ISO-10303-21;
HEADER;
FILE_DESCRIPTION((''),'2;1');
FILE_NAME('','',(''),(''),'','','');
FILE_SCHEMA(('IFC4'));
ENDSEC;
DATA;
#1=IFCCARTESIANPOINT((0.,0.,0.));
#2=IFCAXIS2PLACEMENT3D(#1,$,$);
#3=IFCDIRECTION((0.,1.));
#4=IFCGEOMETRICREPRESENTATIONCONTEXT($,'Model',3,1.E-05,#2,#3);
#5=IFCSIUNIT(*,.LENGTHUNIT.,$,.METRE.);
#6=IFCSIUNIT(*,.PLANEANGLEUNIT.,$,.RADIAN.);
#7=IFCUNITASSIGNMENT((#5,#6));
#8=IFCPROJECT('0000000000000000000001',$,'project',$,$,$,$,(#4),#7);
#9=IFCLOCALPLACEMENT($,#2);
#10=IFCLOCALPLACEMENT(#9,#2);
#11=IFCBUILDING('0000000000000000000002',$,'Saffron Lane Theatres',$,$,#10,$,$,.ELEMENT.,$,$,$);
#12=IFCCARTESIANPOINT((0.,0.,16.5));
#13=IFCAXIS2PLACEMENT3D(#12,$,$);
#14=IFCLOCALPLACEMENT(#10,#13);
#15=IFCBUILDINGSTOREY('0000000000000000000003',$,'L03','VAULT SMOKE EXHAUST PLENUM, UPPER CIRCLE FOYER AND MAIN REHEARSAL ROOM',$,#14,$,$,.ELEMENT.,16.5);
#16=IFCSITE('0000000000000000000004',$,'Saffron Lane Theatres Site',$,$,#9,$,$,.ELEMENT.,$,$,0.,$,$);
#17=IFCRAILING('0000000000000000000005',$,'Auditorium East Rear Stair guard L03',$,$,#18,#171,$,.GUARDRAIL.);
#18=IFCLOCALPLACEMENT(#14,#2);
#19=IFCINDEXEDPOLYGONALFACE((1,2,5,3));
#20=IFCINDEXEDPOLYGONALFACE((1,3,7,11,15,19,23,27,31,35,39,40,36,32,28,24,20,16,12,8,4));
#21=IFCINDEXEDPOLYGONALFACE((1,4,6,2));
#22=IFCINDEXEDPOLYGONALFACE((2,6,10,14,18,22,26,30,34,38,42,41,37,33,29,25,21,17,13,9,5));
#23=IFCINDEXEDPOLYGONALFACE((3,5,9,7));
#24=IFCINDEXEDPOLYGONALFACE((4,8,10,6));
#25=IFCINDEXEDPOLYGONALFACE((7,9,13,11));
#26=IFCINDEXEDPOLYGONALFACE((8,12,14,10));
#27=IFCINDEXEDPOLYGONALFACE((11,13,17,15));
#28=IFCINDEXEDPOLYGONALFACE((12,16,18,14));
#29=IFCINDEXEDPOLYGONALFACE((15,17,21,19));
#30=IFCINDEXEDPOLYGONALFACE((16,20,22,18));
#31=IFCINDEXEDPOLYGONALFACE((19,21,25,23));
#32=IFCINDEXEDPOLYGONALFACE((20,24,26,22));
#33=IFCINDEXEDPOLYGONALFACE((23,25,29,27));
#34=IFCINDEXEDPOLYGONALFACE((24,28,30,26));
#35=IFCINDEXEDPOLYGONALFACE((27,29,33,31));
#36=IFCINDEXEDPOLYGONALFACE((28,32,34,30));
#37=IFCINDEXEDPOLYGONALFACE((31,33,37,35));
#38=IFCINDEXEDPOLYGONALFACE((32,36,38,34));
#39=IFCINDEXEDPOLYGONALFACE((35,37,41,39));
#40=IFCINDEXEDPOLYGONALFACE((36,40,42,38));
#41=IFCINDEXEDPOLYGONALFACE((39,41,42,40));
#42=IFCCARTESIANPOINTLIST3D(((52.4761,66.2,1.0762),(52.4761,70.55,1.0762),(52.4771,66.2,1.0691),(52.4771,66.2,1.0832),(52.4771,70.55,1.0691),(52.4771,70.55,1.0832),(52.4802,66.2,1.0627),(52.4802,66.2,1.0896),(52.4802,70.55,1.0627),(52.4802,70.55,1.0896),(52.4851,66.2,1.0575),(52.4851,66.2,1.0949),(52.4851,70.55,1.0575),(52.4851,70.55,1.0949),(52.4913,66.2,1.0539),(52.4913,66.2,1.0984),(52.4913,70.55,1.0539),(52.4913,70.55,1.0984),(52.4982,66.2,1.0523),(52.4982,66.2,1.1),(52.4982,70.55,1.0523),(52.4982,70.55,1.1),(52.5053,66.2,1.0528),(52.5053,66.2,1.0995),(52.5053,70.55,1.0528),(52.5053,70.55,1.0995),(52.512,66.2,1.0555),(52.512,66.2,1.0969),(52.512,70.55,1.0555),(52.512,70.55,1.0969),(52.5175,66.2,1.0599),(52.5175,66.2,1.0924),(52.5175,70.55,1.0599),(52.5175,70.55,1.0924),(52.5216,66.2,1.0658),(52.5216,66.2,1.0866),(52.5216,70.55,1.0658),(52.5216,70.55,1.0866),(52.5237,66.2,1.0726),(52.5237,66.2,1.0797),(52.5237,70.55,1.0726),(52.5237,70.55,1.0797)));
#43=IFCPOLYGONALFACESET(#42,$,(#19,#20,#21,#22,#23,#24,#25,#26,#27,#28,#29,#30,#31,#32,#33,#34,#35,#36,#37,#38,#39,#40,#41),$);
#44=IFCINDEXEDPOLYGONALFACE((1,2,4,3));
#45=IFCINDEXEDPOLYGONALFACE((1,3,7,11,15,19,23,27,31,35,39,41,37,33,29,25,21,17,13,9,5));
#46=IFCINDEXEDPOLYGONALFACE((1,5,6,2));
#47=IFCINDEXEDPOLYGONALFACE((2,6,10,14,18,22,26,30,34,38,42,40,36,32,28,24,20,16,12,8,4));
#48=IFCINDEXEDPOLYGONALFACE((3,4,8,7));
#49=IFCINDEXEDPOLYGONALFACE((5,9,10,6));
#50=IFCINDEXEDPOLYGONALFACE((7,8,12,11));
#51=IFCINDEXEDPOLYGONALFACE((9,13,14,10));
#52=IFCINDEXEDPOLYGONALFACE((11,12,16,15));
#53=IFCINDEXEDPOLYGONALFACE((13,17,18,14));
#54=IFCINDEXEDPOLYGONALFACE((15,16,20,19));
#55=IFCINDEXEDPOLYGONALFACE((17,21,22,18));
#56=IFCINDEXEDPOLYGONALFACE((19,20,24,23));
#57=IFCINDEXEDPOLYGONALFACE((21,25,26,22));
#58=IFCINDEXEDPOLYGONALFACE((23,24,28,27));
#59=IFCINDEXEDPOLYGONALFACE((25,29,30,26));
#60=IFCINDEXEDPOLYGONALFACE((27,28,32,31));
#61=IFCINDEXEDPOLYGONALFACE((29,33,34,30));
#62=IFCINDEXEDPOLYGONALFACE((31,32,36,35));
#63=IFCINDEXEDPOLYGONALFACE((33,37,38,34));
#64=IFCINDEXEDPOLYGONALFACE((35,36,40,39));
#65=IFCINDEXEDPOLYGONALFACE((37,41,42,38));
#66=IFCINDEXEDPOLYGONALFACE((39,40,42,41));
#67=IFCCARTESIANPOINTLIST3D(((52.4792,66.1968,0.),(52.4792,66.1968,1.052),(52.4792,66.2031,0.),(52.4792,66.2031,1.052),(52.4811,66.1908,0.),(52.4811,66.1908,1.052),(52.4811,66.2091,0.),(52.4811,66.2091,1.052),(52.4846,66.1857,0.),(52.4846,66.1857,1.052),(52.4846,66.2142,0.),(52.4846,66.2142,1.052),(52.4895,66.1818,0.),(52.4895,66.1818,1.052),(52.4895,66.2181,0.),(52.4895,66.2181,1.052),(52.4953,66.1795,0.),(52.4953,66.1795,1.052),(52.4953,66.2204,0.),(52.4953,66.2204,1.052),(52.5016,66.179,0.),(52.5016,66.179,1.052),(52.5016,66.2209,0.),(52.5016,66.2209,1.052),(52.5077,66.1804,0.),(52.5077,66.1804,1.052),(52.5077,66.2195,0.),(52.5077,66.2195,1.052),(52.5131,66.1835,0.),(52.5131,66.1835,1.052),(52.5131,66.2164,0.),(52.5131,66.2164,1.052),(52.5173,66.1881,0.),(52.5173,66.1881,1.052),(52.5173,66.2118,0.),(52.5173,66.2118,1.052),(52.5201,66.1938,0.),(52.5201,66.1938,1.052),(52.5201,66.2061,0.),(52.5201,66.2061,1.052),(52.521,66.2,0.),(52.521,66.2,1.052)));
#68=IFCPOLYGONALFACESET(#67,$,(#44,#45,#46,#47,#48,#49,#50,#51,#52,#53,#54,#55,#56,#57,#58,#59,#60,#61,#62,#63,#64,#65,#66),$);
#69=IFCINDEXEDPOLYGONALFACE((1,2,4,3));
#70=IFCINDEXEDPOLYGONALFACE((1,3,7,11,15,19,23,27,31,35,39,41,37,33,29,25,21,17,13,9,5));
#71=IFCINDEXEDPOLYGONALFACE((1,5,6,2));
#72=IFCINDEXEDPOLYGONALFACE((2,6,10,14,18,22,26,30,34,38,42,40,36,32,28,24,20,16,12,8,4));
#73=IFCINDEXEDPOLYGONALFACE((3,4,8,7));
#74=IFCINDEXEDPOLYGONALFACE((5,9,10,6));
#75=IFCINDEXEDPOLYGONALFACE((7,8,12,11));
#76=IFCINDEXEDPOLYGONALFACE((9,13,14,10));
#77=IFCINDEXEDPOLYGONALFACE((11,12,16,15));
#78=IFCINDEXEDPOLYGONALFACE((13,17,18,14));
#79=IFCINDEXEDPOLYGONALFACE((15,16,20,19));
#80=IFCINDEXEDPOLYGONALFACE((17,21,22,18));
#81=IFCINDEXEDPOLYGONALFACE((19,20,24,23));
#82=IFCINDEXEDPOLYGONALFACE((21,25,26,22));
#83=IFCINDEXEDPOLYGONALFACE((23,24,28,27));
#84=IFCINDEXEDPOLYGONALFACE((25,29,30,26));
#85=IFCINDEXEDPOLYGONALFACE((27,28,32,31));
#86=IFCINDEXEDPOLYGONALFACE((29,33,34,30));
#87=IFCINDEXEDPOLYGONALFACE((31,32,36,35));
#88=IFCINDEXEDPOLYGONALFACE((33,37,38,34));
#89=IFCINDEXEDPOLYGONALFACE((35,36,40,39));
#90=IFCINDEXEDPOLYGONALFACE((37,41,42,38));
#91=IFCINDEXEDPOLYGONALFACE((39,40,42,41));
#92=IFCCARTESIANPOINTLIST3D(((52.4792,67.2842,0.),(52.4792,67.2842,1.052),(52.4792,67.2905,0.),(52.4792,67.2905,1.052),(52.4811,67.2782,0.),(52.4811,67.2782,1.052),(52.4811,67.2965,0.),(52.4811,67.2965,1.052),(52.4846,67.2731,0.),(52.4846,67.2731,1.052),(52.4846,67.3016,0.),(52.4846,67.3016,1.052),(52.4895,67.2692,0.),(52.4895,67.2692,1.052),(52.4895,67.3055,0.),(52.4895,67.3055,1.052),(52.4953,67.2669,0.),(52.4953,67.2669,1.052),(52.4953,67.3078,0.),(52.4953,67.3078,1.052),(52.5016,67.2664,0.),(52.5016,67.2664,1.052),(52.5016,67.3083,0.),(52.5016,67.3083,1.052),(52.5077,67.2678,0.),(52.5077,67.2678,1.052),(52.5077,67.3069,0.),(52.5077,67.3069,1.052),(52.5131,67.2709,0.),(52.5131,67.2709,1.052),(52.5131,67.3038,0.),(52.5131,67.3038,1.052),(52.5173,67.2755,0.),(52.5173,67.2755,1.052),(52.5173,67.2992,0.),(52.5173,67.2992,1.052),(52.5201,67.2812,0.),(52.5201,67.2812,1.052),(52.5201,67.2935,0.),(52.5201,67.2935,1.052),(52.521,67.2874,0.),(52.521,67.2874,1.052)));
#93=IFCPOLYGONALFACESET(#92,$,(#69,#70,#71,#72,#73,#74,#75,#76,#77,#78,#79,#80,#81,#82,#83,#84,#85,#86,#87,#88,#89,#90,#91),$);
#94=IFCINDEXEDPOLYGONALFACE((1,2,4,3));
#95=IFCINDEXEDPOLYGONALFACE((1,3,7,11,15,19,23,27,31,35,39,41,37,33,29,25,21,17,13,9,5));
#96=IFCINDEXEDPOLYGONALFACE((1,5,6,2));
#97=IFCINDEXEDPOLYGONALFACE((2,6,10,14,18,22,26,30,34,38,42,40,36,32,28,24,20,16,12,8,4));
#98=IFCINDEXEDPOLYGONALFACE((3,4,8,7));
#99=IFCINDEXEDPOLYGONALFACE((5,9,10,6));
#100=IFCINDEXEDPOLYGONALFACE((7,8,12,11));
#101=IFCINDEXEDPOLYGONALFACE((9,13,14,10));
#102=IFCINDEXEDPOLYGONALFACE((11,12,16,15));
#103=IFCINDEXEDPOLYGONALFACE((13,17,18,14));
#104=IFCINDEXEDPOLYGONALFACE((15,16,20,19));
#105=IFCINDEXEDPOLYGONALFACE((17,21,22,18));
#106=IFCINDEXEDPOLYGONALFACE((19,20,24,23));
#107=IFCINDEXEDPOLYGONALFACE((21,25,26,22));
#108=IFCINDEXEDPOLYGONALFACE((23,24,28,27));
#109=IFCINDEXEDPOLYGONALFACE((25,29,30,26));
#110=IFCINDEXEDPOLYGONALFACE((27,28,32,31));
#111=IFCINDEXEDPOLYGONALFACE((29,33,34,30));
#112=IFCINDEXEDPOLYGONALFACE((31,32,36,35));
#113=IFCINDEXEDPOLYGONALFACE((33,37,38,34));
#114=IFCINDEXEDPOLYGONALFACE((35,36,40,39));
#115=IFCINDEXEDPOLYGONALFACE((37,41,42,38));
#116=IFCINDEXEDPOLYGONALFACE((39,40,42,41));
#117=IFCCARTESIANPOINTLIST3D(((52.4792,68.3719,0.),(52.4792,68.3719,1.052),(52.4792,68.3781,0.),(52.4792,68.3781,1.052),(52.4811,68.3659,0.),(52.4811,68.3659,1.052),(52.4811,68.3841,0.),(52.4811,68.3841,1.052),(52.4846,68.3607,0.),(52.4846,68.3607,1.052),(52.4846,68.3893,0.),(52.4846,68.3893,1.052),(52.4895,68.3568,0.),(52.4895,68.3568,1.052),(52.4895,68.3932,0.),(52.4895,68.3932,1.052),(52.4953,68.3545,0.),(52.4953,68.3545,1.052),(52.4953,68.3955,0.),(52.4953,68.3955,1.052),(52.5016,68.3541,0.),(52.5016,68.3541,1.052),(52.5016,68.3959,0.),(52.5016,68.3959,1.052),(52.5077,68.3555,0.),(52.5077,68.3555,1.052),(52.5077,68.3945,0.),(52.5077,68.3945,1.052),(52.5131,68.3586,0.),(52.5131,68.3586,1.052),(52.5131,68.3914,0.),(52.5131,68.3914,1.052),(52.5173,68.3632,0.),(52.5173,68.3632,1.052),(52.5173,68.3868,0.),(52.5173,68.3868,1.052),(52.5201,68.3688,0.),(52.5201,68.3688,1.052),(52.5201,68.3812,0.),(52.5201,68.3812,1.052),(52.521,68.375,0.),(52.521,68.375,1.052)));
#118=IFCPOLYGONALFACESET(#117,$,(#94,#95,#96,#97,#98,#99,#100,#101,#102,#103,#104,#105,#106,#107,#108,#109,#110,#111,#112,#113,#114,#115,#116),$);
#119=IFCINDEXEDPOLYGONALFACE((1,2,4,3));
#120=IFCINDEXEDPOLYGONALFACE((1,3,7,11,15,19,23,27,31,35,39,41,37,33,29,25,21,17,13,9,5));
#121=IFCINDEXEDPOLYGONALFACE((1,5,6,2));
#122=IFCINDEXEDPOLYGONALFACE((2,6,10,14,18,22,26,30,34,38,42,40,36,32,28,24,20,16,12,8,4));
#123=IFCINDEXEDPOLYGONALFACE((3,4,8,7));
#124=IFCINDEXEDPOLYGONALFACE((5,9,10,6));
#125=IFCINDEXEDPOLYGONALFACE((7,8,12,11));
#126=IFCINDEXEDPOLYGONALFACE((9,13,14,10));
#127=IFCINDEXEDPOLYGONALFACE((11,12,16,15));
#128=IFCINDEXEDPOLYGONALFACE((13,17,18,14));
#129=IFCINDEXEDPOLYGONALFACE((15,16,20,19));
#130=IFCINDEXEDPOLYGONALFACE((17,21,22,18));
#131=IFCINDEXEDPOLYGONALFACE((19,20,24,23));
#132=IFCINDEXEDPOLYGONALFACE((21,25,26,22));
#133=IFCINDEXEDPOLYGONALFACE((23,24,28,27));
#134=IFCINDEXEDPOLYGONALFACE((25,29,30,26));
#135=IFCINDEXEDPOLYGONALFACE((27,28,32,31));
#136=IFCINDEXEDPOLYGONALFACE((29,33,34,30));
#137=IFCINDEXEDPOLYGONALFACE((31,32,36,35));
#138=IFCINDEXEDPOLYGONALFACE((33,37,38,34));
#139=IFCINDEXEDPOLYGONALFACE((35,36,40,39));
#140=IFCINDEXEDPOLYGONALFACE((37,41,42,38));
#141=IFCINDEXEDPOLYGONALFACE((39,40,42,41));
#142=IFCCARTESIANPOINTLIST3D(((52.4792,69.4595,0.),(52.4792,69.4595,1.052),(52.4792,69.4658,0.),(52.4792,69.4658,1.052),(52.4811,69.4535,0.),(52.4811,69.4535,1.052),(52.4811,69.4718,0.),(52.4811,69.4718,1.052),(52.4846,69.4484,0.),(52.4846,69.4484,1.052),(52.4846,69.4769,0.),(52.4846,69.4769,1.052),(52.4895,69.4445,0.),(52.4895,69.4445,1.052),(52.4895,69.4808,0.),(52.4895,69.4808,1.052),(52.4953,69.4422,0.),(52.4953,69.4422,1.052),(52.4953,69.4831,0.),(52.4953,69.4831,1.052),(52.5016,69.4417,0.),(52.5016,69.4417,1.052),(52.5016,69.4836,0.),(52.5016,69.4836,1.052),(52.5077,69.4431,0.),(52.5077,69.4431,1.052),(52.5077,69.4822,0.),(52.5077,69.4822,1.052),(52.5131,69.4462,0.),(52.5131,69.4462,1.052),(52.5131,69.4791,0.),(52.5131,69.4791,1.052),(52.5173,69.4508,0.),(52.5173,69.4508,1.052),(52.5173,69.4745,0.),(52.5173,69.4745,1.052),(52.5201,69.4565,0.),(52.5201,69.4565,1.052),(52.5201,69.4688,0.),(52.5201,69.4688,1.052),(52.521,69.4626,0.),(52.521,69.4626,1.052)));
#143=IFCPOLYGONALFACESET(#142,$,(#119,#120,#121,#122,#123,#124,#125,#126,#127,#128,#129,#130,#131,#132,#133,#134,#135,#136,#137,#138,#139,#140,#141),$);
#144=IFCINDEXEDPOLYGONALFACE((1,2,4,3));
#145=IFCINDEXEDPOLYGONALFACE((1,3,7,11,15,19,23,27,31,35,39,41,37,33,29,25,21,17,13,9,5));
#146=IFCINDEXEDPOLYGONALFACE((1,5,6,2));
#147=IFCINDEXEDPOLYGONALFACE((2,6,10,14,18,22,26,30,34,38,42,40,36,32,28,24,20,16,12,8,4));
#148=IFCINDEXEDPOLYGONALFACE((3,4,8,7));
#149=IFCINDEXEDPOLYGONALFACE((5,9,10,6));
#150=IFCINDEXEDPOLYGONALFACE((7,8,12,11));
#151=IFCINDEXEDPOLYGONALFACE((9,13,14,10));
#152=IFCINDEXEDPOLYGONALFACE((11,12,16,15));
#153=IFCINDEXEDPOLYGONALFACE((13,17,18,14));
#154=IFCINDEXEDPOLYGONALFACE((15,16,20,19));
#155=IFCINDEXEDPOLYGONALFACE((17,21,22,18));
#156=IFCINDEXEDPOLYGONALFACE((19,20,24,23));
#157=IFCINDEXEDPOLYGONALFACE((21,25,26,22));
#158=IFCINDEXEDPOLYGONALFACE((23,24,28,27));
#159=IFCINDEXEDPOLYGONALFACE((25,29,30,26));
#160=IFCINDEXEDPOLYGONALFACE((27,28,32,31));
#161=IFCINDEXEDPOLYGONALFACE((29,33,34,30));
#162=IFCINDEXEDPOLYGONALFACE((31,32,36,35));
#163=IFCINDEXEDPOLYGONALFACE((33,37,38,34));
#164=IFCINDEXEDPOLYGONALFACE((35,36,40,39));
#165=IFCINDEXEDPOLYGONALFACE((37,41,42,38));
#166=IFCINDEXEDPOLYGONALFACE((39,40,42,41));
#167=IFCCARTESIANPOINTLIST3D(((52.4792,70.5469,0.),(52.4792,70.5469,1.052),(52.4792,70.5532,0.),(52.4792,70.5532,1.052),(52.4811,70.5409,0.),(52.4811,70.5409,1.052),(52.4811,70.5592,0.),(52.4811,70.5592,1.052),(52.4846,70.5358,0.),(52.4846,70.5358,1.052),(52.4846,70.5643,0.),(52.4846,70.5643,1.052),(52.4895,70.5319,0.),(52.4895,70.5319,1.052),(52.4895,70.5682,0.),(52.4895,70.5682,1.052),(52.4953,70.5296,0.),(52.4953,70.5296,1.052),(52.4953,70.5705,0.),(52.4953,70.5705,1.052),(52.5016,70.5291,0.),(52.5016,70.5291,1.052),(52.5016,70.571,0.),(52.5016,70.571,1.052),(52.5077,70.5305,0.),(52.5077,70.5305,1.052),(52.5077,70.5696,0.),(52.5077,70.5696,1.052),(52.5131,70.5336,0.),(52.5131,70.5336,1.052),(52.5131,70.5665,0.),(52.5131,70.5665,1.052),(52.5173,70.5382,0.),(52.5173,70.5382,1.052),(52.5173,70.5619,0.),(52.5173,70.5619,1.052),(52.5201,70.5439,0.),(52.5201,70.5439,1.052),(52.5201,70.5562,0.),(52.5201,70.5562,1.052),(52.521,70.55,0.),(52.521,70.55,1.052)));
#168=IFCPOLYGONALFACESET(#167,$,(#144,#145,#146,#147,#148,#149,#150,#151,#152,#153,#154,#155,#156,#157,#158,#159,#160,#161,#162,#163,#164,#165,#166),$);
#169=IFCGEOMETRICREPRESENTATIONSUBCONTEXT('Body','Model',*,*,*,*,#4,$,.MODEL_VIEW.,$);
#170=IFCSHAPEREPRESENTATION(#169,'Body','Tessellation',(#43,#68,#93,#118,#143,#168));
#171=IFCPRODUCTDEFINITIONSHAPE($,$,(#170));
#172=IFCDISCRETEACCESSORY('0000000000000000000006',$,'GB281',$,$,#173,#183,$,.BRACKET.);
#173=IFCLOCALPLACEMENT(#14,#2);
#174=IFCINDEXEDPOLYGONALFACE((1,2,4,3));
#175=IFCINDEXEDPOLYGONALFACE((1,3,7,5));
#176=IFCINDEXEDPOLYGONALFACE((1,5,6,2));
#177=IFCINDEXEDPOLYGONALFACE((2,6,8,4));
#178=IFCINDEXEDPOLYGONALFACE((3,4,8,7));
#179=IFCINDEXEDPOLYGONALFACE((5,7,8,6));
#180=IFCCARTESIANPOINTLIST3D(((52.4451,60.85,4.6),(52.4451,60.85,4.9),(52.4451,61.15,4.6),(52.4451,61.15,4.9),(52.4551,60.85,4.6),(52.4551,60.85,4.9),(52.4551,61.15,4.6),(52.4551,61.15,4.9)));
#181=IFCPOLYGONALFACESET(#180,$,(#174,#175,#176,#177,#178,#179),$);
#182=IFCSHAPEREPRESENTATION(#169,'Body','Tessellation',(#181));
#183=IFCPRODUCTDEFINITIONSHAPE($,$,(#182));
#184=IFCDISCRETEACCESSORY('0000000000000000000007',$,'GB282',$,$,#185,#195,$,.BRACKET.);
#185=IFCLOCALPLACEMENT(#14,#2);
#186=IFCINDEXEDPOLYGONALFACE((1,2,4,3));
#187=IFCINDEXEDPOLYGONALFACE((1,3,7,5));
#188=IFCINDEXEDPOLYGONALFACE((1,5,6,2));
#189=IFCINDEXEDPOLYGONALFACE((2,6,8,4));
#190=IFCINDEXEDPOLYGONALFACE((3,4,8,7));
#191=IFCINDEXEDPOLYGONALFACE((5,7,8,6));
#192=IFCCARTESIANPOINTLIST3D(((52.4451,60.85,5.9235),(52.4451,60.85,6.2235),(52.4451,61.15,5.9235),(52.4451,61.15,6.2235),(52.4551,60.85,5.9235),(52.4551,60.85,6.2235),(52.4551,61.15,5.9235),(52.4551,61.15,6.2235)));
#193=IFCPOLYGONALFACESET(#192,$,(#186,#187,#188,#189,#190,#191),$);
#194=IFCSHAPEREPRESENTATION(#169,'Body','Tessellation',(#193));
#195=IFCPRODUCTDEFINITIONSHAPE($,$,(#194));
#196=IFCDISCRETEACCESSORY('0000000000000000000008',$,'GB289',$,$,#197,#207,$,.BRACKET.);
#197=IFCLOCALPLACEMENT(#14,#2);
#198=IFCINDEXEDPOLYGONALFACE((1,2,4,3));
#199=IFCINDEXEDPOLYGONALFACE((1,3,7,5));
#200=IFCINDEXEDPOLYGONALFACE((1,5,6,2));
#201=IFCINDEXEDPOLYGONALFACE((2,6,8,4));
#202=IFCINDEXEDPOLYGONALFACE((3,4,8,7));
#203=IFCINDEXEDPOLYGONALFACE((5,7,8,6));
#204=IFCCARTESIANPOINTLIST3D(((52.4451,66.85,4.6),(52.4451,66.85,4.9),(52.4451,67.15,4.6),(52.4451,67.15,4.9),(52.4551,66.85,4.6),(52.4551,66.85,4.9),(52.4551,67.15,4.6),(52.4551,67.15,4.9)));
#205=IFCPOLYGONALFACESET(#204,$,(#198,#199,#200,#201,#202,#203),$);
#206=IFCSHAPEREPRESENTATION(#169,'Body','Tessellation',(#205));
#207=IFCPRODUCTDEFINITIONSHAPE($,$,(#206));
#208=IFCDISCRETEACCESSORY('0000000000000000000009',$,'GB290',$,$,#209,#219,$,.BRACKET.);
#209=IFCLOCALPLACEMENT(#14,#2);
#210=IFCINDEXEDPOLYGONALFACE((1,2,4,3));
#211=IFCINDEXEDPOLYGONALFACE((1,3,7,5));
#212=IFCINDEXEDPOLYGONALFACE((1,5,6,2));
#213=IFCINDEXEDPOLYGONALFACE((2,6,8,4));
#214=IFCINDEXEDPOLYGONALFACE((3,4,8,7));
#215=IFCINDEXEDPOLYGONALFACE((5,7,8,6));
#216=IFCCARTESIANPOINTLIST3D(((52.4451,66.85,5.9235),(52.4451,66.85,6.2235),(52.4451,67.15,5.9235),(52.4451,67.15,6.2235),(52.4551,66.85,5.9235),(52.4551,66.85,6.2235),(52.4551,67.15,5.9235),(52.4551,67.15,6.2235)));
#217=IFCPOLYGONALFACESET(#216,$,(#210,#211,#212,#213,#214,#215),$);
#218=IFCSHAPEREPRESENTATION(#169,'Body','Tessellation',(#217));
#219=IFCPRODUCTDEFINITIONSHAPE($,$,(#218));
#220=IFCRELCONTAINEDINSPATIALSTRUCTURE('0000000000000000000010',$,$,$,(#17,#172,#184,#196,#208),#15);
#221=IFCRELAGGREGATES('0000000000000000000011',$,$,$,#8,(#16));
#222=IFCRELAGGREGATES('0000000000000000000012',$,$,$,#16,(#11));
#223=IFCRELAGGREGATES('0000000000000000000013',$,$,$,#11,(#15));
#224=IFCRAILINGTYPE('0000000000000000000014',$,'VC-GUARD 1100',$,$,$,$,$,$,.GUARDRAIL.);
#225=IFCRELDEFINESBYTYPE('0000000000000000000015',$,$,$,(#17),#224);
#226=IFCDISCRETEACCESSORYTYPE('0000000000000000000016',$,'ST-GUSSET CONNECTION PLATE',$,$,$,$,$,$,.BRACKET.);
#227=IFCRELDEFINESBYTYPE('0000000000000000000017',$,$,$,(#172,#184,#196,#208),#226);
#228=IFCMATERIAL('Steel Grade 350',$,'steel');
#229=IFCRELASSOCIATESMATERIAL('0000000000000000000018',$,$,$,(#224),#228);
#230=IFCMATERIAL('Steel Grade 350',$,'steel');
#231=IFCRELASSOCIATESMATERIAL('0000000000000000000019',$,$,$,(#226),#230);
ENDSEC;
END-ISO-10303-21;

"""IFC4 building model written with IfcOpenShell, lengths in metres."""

from ifc_helpers import new_model, si_unit, direction, frame, origin, origin_2d, place, context, subcontext, project, spatial, rectangle, circle, extrude, material, material_profile, profile_set, type_object, element, save


model = new_model("IFC4")

# Units and contexts
model_context = context("Model", 3, precision=1e-05, world=origin(), true_north=direction((0.0, 1.0)))
body_context = subcontext(model_context, "Body", "Model", "MODEL_VIEW")
ifc_project = project(units=[si_unit("LENGTHUNIT", "METRE"), si_unit("PLANEANGLEUNIT", "RADIAN")], contexts=[model_context])

# Site, building, storey
site_placement = place(None, origin())
site = spatial("IfcSite", under=ifc_project, at=site_placement, Name="Saffron Lane Theatres Site", CompositionType="ELEMENT", RefElevation=0.0)
building_placement = place(site_placement, origin())
building = spatial("IfcBuilding", under=site, at=building_placement, Name="Saffron Lane Theatres", CompositionType="ELEMENT")
storey_placement = place(building_placement, frame((0.0, 0.0, 16.5)))
storey = spatial("IfcBuildingStorey", under=building, at=storey_placement, Name="L03", Description="VAULT SMOKE EXHAUST PLENUM, UPPER CIRCLE FOYER AND MAIN REHEARSAL ROOM", CompositionType="ELEMENT", Elevation=16.5)

# Railing
ifc_material_1 = material(Name="Steel Grade 350", Category="steel")
railing_type = type_object("IfcRailingType", Name="VC-GUARD 1100", PredefinedType="GUARDRAIL", material=ifc_material_1)
railing_placement = place(storey_placement, frame((52.5, 66.2, 0.0)))
element("IfcRailing", 1, at=railing_placement, inside=storey, type_object=railing_type, Name="Auditorium East Rear Stair guard L03", PredefinedType="GUARDRAIL", context=body_context, shape_type="SweptSolid", body=[
    extrude(circle(Radius=0.0239, at=origin_2d()), frame((0.0, 0.0, 1.0762), z_axis=(0.0, 1.0, 0.0), x_axis=(-1.0, 0.0, 0.0)), (0.0, 0.0, 1.0), 4.3501),
    extrude(circle(Radius=0.021, at=origin_2d()), origin(), (0.0, 0.0, 1.0), 1.052),
    extrude(circle(Radius=0.021, at=origin_2d()), frame((0.0, 1.0874, 0.0)), (0.0, 0.0, 1.0), 1.052),
    extrude(circle(Radius=0.021, at=origin_2d()), frame((0.0, 2.175, 0.0)), (0.0, 0.0, 1.0), 1.052),
    extrude(circle(Radius=0.021, at=origin_2d()), frame((0.0, 3.2627, 0.0)), (0.0, 0.0, 1.0), 1.052),
    extrude(circle(Radius=0.021, at=origin_2d()), frame((0.0, 4.3501, 0.0)), (0.0, 0.0, 1.0), 1.052),
])

# Discrete accessories
ifc_material_2 = material(Name="Steel Grade 350", Category="steel")
ifc_material_profile_1 = material_profile(ifc_material_2, rectangle(XDim=0.3, YDim=0.3, at=origin_2d()))
ifc_profile_set_1 = profile_set([ifc_material_profile_1], Name="Steel Grade 350")
discrete_accessory_type_1 = type_object("IfcDiscreteAccessoryType", Name="ST-GUSSET CONNECTION PLATE", PredefinedType="BRACKET", material=ifc_profile_set_1)
for number, where, z_axis, x_axis, name in (
    (2, (52.4451, 61.0, 4.75), (1.0, 0.0, 0.0), (0.0, 1.0, 0.0), "GB281"),
    (3, (52.4451, 61.0, 6.0735), (1.0, 0.0, 0.0), (0.0, 1.0, 0.0), "GB282"),
    (4, (52.4451, 67.0, 4.75), (1.0, 0.0, 0.0), (0.0, 1.0, 0.0), "GB289"),
    (5, (52.4451, 67.0, 6.0735), (1.0, 0.0, 0.0), (0.0, 1.0, 0.0), "GB290"),
):
    element("IfcDiscreteAccessory", number, at=place(storey_placement, frame(where, z_axis=z_axis, x_axis=x_axis)), inside=storey, type_object=discrete_accessory_type_1, Name=name, PredefinedType="BRACKET", context=body_context, shape_type="SweptSolid", body=[
        extrude(rectangle(XDim=0.3, YDim=0.3, at=origin_2d()), origin(), (0.0, 0.0, 1.0), 0.01),
    ])

save(model, "model.ifc")
